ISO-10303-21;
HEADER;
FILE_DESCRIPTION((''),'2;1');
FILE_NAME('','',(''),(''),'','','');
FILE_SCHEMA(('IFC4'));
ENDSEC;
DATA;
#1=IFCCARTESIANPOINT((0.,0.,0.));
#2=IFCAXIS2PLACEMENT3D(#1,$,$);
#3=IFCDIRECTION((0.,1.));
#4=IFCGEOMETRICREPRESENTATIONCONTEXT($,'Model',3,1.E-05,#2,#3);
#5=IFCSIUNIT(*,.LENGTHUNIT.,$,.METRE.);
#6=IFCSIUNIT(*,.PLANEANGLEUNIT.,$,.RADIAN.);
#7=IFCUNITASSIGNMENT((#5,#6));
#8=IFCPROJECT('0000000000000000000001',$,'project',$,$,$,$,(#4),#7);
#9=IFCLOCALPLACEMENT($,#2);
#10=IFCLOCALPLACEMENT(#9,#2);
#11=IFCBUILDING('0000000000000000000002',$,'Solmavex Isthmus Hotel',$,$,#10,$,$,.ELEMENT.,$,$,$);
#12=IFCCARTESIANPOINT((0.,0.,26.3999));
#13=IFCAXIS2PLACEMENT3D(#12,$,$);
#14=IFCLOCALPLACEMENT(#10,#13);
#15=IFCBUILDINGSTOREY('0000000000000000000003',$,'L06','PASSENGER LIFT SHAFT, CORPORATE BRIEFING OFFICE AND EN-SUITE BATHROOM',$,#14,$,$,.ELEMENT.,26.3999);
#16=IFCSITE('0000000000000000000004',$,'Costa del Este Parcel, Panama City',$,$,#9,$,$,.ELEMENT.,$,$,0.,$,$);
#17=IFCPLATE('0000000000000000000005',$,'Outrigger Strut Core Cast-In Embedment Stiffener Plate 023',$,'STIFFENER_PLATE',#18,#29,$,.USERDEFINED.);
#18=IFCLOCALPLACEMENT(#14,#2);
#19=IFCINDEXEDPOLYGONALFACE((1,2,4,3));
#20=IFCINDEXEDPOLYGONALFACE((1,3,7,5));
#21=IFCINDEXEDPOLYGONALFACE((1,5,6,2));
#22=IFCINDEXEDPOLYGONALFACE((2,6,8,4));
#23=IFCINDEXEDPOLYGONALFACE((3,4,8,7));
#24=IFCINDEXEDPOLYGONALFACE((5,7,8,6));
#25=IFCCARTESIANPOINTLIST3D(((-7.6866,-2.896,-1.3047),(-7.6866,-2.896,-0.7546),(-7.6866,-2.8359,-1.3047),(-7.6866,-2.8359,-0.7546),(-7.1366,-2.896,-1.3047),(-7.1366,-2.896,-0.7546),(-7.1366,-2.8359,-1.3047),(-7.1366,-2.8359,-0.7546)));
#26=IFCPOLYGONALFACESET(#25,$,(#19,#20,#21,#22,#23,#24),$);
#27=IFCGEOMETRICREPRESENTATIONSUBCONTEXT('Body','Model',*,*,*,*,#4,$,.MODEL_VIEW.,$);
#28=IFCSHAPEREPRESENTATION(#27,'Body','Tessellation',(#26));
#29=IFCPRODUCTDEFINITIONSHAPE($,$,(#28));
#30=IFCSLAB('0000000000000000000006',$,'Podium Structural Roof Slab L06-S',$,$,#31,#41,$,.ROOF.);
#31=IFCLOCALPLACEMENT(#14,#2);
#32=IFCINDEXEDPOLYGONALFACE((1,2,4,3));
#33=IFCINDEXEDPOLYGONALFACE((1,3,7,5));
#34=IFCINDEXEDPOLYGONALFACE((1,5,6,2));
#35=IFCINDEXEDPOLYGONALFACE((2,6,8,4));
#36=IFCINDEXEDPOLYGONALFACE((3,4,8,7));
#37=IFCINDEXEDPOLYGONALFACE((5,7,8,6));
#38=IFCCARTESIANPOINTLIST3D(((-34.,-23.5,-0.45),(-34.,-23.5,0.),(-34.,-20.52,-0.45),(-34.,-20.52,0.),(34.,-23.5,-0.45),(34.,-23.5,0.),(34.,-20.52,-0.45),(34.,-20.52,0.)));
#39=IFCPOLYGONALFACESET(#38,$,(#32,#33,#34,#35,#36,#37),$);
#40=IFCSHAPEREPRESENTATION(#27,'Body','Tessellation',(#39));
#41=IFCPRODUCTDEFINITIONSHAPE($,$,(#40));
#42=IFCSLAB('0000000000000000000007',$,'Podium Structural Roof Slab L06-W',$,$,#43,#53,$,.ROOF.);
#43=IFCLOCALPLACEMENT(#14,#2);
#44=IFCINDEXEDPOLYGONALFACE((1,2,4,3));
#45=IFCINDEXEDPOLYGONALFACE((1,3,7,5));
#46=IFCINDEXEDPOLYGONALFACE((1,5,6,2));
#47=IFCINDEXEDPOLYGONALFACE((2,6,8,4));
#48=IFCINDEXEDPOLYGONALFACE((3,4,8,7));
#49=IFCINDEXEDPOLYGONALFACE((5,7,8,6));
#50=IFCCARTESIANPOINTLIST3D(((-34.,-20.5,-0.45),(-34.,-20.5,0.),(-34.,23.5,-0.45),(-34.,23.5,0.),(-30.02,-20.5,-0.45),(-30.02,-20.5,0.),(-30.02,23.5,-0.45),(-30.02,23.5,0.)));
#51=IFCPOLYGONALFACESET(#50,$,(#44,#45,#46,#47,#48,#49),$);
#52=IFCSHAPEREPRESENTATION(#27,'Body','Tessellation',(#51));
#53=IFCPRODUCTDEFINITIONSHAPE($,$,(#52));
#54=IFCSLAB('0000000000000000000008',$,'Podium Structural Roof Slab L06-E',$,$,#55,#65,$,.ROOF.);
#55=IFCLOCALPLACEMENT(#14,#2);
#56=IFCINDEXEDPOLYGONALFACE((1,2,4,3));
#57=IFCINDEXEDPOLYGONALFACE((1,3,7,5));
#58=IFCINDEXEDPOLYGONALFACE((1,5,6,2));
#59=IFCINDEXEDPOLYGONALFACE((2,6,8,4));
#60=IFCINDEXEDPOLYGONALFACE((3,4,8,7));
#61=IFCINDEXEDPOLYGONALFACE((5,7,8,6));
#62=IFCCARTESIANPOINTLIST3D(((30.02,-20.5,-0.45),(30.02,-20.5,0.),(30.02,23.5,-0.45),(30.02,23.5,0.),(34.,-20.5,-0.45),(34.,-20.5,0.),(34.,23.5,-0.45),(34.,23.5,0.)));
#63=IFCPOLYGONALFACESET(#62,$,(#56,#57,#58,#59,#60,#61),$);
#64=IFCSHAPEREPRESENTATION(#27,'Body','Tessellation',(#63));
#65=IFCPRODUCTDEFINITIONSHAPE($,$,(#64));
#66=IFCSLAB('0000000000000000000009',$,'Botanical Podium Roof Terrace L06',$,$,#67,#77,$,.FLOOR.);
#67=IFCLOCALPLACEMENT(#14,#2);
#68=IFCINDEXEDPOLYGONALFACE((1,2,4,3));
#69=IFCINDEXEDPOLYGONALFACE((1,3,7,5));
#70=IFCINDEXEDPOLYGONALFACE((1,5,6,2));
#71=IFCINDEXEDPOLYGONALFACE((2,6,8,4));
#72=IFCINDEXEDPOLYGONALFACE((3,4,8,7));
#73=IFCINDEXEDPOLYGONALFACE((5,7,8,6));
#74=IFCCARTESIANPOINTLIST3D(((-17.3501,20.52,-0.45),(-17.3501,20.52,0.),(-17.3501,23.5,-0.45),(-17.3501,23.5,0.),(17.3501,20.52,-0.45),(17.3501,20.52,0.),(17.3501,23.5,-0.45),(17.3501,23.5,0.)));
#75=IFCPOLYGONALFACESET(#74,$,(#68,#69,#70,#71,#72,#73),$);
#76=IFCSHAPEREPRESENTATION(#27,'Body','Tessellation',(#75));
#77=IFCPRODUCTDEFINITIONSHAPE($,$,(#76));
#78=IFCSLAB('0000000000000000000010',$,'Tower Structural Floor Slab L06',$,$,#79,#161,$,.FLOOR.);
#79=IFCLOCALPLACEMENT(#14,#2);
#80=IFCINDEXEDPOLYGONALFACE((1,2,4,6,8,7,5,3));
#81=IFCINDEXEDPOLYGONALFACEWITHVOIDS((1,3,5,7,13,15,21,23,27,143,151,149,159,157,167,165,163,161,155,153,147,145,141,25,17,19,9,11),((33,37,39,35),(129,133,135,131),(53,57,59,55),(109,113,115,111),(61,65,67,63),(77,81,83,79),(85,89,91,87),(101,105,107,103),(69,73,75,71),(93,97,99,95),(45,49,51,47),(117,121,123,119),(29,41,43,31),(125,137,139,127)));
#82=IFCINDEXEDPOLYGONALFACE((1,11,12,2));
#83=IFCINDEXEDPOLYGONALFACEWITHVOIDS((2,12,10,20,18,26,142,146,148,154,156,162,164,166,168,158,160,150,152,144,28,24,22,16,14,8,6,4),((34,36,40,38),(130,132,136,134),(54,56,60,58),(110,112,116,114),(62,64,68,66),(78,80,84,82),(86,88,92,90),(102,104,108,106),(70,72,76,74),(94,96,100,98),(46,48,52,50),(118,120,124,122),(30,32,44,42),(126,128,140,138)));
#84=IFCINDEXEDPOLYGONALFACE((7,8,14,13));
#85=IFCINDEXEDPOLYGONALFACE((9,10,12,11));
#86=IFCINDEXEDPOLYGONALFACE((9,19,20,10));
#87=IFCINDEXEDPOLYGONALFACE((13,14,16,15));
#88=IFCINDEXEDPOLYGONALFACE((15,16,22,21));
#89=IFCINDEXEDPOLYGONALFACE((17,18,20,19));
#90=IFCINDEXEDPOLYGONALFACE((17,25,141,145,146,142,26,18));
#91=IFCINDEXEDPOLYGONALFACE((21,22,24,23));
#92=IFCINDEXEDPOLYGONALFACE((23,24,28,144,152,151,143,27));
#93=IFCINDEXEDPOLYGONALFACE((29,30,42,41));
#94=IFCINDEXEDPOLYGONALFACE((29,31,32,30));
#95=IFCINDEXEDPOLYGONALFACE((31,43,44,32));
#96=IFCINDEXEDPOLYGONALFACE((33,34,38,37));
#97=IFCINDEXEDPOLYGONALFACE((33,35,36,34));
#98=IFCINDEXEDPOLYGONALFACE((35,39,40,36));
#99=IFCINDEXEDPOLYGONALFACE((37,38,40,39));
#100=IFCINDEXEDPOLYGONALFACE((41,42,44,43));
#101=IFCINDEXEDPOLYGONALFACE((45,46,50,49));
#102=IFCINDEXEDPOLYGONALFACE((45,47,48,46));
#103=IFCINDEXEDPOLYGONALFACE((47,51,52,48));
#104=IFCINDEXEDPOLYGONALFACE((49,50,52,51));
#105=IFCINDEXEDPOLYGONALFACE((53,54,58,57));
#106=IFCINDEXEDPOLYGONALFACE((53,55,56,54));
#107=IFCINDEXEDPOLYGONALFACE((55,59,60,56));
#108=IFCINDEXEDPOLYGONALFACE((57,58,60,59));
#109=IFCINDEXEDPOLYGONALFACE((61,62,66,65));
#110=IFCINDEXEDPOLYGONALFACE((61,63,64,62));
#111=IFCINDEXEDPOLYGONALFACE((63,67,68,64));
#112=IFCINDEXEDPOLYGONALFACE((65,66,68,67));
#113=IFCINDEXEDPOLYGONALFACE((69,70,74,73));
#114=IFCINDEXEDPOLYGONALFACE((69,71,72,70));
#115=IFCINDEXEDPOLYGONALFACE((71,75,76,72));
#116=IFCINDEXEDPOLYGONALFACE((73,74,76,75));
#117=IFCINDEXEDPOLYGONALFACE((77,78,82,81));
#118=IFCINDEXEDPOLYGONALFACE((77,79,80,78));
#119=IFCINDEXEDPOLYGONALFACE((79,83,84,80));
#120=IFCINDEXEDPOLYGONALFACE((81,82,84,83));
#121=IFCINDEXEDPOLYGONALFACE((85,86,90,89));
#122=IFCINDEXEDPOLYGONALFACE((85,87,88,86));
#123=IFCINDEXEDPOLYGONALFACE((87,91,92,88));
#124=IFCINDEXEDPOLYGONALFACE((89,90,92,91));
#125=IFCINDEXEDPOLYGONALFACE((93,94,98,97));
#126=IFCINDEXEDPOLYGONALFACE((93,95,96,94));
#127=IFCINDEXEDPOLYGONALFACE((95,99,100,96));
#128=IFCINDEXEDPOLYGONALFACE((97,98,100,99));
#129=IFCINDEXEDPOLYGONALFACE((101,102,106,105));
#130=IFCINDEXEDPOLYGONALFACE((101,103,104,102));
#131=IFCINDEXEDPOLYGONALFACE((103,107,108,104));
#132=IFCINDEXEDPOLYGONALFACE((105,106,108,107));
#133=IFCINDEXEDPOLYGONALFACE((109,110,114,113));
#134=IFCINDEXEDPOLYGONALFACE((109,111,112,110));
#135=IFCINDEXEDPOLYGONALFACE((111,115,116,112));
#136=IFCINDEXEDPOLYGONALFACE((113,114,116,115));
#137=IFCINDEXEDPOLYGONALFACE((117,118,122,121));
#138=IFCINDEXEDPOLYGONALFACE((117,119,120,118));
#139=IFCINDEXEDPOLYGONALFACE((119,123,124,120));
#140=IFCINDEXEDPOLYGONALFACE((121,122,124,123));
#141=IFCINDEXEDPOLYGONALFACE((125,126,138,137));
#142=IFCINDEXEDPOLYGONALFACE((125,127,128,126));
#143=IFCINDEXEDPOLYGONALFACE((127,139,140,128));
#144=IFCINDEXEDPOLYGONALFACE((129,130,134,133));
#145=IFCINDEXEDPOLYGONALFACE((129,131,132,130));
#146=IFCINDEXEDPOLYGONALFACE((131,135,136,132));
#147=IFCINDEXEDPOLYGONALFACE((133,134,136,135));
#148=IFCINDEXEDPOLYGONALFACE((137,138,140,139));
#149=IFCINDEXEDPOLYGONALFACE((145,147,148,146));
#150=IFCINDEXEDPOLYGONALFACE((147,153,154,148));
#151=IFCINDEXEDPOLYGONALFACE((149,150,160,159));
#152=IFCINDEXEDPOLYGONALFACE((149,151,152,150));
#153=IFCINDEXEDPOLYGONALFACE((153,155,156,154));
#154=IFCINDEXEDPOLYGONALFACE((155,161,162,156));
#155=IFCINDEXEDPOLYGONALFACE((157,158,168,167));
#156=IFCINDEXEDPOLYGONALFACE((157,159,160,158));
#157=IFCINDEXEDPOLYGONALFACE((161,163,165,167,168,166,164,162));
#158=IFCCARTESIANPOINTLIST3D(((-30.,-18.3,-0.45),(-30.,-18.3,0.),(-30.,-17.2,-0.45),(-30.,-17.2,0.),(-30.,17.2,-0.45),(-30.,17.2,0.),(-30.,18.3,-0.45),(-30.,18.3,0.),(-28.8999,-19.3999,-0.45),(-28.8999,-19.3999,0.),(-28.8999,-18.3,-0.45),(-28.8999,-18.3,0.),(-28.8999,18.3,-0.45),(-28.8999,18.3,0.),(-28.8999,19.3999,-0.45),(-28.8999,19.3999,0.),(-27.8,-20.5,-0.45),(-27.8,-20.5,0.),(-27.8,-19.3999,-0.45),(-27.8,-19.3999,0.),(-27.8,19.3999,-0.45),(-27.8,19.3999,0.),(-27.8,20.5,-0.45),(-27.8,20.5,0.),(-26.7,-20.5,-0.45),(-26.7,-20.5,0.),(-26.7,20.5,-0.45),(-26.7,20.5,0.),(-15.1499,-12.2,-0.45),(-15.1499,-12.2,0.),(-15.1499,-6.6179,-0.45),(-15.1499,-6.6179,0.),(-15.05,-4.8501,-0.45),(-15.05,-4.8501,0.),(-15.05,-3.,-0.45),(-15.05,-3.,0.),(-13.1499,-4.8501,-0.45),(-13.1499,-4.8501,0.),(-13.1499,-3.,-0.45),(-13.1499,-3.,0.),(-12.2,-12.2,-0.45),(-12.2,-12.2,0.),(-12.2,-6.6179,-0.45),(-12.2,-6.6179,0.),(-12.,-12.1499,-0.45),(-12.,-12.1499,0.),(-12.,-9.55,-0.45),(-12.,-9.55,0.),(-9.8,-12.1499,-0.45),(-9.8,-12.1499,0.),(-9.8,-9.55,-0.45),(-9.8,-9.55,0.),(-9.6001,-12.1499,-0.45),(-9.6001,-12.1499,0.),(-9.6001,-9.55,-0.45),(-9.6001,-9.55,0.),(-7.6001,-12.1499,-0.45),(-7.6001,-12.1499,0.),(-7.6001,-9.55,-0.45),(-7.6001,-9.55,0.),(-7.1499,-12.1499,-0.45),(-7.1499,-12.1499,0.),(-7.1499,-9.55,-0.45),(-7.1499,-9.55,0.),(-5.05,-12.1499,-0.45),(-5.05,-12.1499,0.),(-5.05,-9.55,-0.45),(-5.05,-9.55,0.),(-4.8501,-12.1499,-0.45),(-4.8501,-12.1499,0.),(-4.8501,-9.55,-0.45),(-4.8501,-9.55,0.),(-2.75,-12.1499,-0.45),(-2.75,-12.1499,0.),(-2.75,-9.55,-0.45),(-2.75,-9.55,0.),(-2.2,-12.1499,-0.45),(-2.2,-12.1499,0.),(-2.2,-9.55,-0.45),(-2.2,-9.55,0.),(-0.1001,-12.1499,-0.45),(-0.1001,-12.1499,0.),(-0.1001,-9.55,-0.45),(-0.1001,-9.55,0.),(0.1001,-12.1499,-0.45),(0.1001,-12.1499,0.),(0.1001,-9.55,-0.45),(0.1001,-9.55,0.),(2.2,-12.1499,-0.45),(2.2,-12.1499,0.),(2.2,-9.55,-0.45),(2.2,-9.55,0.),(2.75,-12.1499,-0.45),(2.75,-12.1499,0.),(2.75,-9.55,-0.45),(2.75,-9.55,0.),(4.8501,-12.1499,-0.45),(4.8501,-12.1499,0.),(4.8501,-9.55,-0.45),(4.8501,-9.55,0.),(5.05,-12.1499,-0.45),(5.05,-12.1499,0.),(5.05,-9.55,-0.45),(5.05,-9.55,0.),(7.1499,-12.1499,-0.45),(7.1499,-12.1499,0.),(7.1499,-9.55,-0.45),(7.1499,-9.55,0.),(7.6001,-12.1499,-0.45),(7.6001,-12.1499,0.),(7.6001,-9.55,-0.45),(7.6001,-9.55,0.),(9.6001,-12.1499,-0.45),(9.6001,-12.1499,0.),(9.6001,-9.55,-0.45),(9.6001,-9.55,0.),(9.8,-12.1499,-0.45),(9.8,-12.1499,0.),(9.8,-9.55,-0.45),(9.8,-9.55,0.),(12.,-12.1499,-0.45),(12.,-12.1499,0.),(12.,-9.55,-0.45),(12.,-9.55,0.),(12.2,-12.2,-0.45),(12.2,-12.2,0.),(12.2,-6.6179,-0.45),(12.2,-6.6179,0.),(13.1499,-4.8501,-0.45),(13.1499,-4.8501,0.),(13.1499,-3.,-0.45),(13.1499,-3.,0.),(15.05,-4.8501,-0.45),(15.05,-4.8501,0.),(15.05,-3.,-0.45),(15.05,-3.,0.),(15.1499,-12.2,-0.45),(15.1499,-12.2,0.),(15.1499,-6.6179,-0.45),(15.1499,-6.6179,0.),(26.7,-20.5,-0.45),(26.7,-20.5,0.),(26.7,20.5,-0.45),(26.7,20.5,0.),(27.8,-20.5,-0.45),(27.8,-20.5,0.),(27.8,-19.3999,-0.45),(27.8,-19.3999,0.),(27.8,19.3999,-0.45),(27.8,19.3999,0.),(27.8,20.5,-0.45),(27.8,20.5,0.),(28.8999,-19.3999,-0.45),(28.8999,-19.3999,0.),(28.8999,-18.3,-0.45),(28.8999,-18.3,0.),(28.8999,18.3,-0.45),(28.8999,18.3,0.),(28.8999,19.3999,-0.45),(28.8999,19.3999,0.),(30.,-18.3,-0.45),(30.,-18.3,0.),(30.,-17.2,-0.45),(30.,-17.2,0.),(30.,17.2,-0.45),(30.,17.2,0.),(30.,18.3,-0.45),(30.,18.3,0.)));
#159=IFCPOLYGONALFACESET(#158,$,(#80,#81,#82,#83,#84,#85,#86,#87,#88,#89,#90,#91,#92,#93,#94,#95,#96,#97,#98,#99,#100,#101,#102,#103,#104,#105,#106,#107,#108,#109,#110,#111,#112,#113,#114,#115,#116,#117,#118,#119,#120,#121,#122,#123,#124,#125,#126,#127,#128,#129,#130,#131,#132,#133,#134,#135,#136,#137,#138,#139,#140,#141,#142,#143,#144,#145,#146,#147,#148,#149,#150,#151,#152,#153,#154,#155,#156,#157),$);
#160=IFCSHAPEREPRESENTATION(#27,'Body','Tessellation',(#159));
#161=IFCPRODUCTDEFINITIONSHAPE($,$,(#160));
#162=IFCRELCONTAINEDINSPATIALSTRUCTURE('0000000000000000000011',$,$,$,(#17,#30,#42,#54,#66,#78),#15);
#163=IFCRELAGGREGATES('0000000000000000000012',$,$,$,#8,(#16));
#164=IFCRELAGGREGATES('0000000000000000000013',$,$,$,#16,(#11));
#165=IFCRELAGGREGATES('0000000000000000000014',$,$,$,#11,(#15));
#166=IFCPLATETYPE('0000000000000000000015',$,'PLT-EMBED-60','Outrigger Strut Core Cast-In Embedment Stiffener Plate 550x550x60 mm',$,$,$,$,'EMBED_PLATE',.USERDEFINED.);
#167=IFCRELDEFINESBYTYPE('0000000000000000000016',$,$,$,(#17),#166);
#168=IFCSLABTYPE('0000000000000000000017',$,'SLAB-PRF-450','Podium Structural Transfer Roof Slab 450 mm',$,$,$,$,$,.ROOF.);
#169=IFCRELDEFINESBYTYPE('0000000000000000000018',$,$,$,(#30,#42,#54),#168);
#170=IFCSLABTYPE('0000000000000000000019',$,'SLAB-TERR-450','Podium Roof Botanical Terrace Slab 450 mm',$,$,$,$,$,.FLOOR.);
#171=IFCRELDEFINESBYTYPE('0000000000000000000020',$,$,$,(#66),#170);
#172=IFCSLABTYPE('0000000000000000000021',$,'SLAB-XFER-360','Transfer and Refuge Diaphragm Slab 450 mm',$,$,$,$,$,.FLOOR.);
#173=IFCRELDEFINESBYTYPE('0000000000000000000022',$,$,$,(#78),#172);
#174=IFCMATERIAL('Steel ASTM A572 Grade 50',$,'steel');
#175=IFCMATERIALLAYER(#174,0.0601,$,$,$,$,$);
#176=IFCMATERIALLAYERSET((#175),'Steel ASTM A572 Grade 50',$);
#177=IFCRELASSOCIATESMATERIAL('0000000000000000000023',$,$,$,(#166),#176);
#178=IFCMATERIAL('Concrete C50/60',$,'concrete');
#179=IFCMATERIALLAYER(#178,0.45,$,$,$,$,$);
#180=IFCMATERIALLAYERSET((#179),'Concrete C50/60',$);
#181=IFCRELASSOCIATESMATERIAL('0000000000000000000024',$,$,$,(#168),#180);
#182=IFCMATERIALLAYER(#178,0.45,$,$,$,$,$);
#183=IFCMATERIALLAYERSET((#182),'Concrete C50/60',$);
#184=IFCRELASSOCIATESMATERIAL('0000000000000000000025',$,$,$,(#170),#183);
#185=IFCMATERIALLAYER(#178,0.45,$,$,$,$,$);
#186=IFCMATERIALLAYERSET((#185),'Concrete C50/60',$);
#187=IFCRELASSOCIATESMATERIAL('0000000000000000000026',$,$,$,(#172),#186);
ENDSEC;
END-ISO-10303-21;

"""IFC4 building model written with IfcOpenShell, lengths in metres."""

from ifc_helpers import new_model, si_unit, direction, frame, origin, origin_2d, place, context, subcontext, project, spatial, polyline, rectangle, outline, extrude, material, layer, layer_set, type_object, element, save


model = new_model("IFC4")

# Units and contexts
model_context = context("Model", 3, precision=1e-05, world=origin(), true_north=direction((0.0, 1.0)))
body_context = subcontext(model_context, "Body", "Model", "MODEL_VIEW")
ifc_project = project(units=[si_unit("LENGTHUNIT", "METRE"), si_unit("PLANEANGLEUNIT", "RADIAN")], contexts=[model_context])

# Site, building, storey
site_placement = place(None, origin())
site = spatial("IfcSite", under=ifc_project, at=site_placement, Name="Costa del Este Parcel, Panama City", CompositionType="ELEMENT", RefElevation=0.0)
building_placement = place(site_placement, origin())
building = spatial("IfcBuilding", under=site, at=building_placement, Name="Solmavex Isthmus Hotel", CompositionType="ELEMENT")
storey_placement = place(building_placement, frame((0.0, 0.0, 26.3999)))
storey = spatial("IfcBuildingStorey", under=building, at=storey_placement, Name="L06", Description="PASSENGER LIFT SHAFT, CORPORATE BRIEFING OFFICE AND EN-SUITE BATHROOM", CompositionType="ELEMENT", Elevation=26.3999)

# Shared definitions
ifc_material_1 = material(Name="Steel ASTM A572 Grade 50", Category="steel")

# Plate
ifc_layer_1 = layer(ifc_material_1, 0.0601)
ifc_layer_set_1 = layer_set([ifc_layer_1], Name="Steel ASTM A572 Grade 50")
plate_type = type_object("IfcPlateType", Name="PLT-EMBED-60", Description="Outrigger Strut Core Cast-In Embedment Stiffener Plate 550x550x60 mm", ElementType="EMBED_PLATE", PredefinedType="USERDEFINED", material=ifc_layer_set_1)
plate_placement = place(storey_placement, frame((-7.4116, -2.866, -1.3047), z_axis=(0.0, 0.0, 1.0), x_axis=(1.0, 0.0, 0.0)))
element("IfcPlate", 1, at=plate_placement, inside=storey, type_object=plate_type, Name="Outrigger Strut Core Cast-In Embedment Stiffener Plate 023", ObjectType="STIFFENER_PLATE", PredefinedType="USERDEFINED", context=body_context, shape_type="SweptSolid", body=[
    extrude(rectangle(XDim=0.55, YDim=0.0601, at=origin_2d()), origin(), (0.0, 0.0, 1.0), 0.55),
])

# Slabs
ifc_material_2 = material(Name="Concrete C50/60", Category="concrete")
ifc_layer_2 = layer(ifc_material_2, 0.45)
ifc_layer_set_2 = layer_set([ifc_layer_2], Name="Concrete C50/60")
slab_type_1 = type_object("IfcSlabType", Name="SLAB-PRF-450", Description="Podium Structural Transfer Roof Slab 450 mm", PredefinedType="ROOF", material=ifc_layer_set_2)
slab_1_placement = place(storey_placement, frame((0.0, 0.0, -0.45)))
element("IfcSlab", 2, at=slab_1_placement, inside=storey, type_object=slab_type_1, Name="Podium Structural Roof Slab L06-S", PredefinedType="ROOF", context=body_context, shape_type="SweptSolid", body=[
    extrude(outline(polyline([(-34.0, -23.5), (34.0, -23.5), (34.0, -20.52), (-34.0, -20.52), (-34.0, -23.5)])), origin(), (0.0, 0.0, 1.0), 0.45),
])
slab_2_placement = place(storey_placement, frame((0.0, 0.0, -0.45)))
element("IfcSlab", 3, at=slab_2_placement, inside=storey, type_object=slab_type_1, Name="Podium Structural Roof Slab L06-W", PredefinedType="ROOF", context=body_context, shape_type="SweptSolid", body=[
    extrude(outline(polyline([(-34.0, -20.5), (-30.02, -20.5), (-30.02, 23.5), (-34.0, 23.5), (-34.0, -20.5)])), origin(), (0.0, 0.0, 1.0), 0.45),
])
slab_3_placement = place(storey_placement, frame((0.0, 0.0, -0.45)))
element("IfcSlab", 4, at=slab_3_placement, inside=storey, type_object=slab_type_1, Name="Podium Structural Roof Slab L06-E", PredefinedType="ROOF", context=body_context, shape_type="SweptSolid", body=[
    extrude(outline(polyline([(30.02, -20.5), (34.0, -20.5), (34.0, 23.5), (30.02, 23.5), (30.02, -20.5)])), origin(), (0.0, 0.0, 1.0), 0.45),
])
ifc_layer_3 = layer(ifc_material_2, 0.45)
ifc_layer_set_3 = layer_set([ifc_layer_3], Name="Concrete C50/60")
slab_type_2 = type_object("IfcSlabType", Name="SLAB-TERR-450", Description="Podium Roof Botanical Terrace Slab 450 mm", PredefinedType="FLOOR", material=ifc_layer_set_3)
slab_4_placement = place(storey_placement, frame((0.0, 0.0, -0.45)))
element("IfcSlab", 5, at=slab_4_placement, inside=storey, type_object=slab_type_2, Name="Botanical Podium Roof Terrace L06", PredefinedType="FLOOR", context=body_context, shape_type="SweptSolid", body=[
    extrude(outline(polyline([(-17.3501, 20.52), (17.3501, 20.52), (17.3501, 23.5), (-17.3501, 23.5), (-17.3501, 20.52)])), origin(), (0.0, 0.0, 1.0), 0.45),
])
ifc_layer_4 = layer(ifc_material_2, 0.45)
ifc_layer_set_4 = layer_set([ifc_layer_4], Name="Concrete C50/60")
slab_type_3 = type_object("IfcSlabType", Name="SLAB-XFER-360", Description="Transfer and Refuge Diaphragm Slab 450 mm", PredefinedType="FLOOR", material=ifc_layer_set_4)
slab_5_placement = place(storey_placement, frame((0.0, 0.0, -0.45)))
element("IfcSlab", 6, at=slab_5_placement, inside=storey, type_object=slab_type_3, Name="Tower Structural Floor Slab L06", PredefinedType="FLOOR", context=body_context, shape_type="SweptSolid", body=[
    extrude(outline(polyline([(-26.7, -20.5), (26.7, -20.5), (27.8, -20.5), (27.8, -19.3999), (28.8999, -19.3999), (28.8999, -18.3), (30.0, -18.3), (30.0, -17.2), (30.0, 17.2), (30.0, 18.3), (28.8999, 18.3), (28.8999, 19.3999), (27.8, 19.3999), (27.8, 20.5), (26.7, 20.5), (-26.7, 20.5), (-27.8, 20.5), (-27.8, 19.3999), (-28.8999, 19.3999), (-28.8999, 18.3), (-30.0, 18.3), (-30.0, 17.2), (-30.0, -17.2), (-30.0, -18.3), (-28.8999, -18.3), (-28.8999, -19.3999), (-27.8, -19.3999), (-27.8, -20.5), (-26.7, -20.5)]), holes=[polyline([(-15.1499, -6.6179), (-15.1499, -12.2), (-12.2, -12.2), (-12.2, -6.6179), (-15.1499, -6.6179)]), polyline([(12.2, -6.6179), (12.2, -12.2), (15.1499, -12.2), (15.1499, -6.6179), (12.2, -6.6179)]), polyline([(-12.0, -12.1499), (-9.8, -12.1499), (-9.8, -9.55), (-12.0, -9.55), (-12.0, -12.1499)]), polyline([(9.8, -12.1499), (12.0, -12.1499), (12.0, -9.55), (9.8, -9.55), (9.8, -12.1499)]), polyline([(-9.6001, -12.1499), (-7.6001, -12.1499), (-7.6001, -9.55), (-9.6001, -9.55), (-9.6001, -12.1499)]), polyline([(7.6001, -12.1499), (9.6001, -12.1499), (9.6001, -9.55), (7.6001, -9.55), (7.6001, -12.1499)]), polyline([(-7.1499, -12.1499), (-5.05, -12.1499), (-5.05, -9.55), (-7.1499, -9.55), (-7.1499, -12.1499)]), polyline([(-4.8501, -12.1499), (-2.75, -12.1499), (-2.75, -9.55), (-4.8501, -9.55), (-4.8501, -12.1499)]), polyline([(-2.2, -12.1499), (-0.1001, -12.1499), (-0.1001, -9.55), (-2.2, -9.55), (-2.2, -12.1499)]), polyline([(0.1001, -12.1499), (2.2, -12.1499), (2.2, -9.55), (0.1001, -9.55), (0.1001, -12.1499)]), polyline([(2.75, -12.1499), (4.8501, -12.1499), (4.8501, -9.55), (2.75, -9.55), (2.75, -12.1499)]), polyline([(5.05, -12.1499), (7.1499, -12.1499), (7.1499, -9.55), (5.05, -9.55), (5.05, -12.1499)]), polyline([(-15.05, -4.8501), (-13.1499, -4.8501), (-13.1499, -3.0), (-15.05, -3.0), (-15.05, -4.8501)]), polyline([(13.1499, -4.8501), (15.05, -4.8501), (15.05, -3.0), (13.1499, -3.0), (13.1499, -4.8501)])]), origin(), (0.0, 0.0, 1.0), 0.45),
])

save(model, "model.ifc")
